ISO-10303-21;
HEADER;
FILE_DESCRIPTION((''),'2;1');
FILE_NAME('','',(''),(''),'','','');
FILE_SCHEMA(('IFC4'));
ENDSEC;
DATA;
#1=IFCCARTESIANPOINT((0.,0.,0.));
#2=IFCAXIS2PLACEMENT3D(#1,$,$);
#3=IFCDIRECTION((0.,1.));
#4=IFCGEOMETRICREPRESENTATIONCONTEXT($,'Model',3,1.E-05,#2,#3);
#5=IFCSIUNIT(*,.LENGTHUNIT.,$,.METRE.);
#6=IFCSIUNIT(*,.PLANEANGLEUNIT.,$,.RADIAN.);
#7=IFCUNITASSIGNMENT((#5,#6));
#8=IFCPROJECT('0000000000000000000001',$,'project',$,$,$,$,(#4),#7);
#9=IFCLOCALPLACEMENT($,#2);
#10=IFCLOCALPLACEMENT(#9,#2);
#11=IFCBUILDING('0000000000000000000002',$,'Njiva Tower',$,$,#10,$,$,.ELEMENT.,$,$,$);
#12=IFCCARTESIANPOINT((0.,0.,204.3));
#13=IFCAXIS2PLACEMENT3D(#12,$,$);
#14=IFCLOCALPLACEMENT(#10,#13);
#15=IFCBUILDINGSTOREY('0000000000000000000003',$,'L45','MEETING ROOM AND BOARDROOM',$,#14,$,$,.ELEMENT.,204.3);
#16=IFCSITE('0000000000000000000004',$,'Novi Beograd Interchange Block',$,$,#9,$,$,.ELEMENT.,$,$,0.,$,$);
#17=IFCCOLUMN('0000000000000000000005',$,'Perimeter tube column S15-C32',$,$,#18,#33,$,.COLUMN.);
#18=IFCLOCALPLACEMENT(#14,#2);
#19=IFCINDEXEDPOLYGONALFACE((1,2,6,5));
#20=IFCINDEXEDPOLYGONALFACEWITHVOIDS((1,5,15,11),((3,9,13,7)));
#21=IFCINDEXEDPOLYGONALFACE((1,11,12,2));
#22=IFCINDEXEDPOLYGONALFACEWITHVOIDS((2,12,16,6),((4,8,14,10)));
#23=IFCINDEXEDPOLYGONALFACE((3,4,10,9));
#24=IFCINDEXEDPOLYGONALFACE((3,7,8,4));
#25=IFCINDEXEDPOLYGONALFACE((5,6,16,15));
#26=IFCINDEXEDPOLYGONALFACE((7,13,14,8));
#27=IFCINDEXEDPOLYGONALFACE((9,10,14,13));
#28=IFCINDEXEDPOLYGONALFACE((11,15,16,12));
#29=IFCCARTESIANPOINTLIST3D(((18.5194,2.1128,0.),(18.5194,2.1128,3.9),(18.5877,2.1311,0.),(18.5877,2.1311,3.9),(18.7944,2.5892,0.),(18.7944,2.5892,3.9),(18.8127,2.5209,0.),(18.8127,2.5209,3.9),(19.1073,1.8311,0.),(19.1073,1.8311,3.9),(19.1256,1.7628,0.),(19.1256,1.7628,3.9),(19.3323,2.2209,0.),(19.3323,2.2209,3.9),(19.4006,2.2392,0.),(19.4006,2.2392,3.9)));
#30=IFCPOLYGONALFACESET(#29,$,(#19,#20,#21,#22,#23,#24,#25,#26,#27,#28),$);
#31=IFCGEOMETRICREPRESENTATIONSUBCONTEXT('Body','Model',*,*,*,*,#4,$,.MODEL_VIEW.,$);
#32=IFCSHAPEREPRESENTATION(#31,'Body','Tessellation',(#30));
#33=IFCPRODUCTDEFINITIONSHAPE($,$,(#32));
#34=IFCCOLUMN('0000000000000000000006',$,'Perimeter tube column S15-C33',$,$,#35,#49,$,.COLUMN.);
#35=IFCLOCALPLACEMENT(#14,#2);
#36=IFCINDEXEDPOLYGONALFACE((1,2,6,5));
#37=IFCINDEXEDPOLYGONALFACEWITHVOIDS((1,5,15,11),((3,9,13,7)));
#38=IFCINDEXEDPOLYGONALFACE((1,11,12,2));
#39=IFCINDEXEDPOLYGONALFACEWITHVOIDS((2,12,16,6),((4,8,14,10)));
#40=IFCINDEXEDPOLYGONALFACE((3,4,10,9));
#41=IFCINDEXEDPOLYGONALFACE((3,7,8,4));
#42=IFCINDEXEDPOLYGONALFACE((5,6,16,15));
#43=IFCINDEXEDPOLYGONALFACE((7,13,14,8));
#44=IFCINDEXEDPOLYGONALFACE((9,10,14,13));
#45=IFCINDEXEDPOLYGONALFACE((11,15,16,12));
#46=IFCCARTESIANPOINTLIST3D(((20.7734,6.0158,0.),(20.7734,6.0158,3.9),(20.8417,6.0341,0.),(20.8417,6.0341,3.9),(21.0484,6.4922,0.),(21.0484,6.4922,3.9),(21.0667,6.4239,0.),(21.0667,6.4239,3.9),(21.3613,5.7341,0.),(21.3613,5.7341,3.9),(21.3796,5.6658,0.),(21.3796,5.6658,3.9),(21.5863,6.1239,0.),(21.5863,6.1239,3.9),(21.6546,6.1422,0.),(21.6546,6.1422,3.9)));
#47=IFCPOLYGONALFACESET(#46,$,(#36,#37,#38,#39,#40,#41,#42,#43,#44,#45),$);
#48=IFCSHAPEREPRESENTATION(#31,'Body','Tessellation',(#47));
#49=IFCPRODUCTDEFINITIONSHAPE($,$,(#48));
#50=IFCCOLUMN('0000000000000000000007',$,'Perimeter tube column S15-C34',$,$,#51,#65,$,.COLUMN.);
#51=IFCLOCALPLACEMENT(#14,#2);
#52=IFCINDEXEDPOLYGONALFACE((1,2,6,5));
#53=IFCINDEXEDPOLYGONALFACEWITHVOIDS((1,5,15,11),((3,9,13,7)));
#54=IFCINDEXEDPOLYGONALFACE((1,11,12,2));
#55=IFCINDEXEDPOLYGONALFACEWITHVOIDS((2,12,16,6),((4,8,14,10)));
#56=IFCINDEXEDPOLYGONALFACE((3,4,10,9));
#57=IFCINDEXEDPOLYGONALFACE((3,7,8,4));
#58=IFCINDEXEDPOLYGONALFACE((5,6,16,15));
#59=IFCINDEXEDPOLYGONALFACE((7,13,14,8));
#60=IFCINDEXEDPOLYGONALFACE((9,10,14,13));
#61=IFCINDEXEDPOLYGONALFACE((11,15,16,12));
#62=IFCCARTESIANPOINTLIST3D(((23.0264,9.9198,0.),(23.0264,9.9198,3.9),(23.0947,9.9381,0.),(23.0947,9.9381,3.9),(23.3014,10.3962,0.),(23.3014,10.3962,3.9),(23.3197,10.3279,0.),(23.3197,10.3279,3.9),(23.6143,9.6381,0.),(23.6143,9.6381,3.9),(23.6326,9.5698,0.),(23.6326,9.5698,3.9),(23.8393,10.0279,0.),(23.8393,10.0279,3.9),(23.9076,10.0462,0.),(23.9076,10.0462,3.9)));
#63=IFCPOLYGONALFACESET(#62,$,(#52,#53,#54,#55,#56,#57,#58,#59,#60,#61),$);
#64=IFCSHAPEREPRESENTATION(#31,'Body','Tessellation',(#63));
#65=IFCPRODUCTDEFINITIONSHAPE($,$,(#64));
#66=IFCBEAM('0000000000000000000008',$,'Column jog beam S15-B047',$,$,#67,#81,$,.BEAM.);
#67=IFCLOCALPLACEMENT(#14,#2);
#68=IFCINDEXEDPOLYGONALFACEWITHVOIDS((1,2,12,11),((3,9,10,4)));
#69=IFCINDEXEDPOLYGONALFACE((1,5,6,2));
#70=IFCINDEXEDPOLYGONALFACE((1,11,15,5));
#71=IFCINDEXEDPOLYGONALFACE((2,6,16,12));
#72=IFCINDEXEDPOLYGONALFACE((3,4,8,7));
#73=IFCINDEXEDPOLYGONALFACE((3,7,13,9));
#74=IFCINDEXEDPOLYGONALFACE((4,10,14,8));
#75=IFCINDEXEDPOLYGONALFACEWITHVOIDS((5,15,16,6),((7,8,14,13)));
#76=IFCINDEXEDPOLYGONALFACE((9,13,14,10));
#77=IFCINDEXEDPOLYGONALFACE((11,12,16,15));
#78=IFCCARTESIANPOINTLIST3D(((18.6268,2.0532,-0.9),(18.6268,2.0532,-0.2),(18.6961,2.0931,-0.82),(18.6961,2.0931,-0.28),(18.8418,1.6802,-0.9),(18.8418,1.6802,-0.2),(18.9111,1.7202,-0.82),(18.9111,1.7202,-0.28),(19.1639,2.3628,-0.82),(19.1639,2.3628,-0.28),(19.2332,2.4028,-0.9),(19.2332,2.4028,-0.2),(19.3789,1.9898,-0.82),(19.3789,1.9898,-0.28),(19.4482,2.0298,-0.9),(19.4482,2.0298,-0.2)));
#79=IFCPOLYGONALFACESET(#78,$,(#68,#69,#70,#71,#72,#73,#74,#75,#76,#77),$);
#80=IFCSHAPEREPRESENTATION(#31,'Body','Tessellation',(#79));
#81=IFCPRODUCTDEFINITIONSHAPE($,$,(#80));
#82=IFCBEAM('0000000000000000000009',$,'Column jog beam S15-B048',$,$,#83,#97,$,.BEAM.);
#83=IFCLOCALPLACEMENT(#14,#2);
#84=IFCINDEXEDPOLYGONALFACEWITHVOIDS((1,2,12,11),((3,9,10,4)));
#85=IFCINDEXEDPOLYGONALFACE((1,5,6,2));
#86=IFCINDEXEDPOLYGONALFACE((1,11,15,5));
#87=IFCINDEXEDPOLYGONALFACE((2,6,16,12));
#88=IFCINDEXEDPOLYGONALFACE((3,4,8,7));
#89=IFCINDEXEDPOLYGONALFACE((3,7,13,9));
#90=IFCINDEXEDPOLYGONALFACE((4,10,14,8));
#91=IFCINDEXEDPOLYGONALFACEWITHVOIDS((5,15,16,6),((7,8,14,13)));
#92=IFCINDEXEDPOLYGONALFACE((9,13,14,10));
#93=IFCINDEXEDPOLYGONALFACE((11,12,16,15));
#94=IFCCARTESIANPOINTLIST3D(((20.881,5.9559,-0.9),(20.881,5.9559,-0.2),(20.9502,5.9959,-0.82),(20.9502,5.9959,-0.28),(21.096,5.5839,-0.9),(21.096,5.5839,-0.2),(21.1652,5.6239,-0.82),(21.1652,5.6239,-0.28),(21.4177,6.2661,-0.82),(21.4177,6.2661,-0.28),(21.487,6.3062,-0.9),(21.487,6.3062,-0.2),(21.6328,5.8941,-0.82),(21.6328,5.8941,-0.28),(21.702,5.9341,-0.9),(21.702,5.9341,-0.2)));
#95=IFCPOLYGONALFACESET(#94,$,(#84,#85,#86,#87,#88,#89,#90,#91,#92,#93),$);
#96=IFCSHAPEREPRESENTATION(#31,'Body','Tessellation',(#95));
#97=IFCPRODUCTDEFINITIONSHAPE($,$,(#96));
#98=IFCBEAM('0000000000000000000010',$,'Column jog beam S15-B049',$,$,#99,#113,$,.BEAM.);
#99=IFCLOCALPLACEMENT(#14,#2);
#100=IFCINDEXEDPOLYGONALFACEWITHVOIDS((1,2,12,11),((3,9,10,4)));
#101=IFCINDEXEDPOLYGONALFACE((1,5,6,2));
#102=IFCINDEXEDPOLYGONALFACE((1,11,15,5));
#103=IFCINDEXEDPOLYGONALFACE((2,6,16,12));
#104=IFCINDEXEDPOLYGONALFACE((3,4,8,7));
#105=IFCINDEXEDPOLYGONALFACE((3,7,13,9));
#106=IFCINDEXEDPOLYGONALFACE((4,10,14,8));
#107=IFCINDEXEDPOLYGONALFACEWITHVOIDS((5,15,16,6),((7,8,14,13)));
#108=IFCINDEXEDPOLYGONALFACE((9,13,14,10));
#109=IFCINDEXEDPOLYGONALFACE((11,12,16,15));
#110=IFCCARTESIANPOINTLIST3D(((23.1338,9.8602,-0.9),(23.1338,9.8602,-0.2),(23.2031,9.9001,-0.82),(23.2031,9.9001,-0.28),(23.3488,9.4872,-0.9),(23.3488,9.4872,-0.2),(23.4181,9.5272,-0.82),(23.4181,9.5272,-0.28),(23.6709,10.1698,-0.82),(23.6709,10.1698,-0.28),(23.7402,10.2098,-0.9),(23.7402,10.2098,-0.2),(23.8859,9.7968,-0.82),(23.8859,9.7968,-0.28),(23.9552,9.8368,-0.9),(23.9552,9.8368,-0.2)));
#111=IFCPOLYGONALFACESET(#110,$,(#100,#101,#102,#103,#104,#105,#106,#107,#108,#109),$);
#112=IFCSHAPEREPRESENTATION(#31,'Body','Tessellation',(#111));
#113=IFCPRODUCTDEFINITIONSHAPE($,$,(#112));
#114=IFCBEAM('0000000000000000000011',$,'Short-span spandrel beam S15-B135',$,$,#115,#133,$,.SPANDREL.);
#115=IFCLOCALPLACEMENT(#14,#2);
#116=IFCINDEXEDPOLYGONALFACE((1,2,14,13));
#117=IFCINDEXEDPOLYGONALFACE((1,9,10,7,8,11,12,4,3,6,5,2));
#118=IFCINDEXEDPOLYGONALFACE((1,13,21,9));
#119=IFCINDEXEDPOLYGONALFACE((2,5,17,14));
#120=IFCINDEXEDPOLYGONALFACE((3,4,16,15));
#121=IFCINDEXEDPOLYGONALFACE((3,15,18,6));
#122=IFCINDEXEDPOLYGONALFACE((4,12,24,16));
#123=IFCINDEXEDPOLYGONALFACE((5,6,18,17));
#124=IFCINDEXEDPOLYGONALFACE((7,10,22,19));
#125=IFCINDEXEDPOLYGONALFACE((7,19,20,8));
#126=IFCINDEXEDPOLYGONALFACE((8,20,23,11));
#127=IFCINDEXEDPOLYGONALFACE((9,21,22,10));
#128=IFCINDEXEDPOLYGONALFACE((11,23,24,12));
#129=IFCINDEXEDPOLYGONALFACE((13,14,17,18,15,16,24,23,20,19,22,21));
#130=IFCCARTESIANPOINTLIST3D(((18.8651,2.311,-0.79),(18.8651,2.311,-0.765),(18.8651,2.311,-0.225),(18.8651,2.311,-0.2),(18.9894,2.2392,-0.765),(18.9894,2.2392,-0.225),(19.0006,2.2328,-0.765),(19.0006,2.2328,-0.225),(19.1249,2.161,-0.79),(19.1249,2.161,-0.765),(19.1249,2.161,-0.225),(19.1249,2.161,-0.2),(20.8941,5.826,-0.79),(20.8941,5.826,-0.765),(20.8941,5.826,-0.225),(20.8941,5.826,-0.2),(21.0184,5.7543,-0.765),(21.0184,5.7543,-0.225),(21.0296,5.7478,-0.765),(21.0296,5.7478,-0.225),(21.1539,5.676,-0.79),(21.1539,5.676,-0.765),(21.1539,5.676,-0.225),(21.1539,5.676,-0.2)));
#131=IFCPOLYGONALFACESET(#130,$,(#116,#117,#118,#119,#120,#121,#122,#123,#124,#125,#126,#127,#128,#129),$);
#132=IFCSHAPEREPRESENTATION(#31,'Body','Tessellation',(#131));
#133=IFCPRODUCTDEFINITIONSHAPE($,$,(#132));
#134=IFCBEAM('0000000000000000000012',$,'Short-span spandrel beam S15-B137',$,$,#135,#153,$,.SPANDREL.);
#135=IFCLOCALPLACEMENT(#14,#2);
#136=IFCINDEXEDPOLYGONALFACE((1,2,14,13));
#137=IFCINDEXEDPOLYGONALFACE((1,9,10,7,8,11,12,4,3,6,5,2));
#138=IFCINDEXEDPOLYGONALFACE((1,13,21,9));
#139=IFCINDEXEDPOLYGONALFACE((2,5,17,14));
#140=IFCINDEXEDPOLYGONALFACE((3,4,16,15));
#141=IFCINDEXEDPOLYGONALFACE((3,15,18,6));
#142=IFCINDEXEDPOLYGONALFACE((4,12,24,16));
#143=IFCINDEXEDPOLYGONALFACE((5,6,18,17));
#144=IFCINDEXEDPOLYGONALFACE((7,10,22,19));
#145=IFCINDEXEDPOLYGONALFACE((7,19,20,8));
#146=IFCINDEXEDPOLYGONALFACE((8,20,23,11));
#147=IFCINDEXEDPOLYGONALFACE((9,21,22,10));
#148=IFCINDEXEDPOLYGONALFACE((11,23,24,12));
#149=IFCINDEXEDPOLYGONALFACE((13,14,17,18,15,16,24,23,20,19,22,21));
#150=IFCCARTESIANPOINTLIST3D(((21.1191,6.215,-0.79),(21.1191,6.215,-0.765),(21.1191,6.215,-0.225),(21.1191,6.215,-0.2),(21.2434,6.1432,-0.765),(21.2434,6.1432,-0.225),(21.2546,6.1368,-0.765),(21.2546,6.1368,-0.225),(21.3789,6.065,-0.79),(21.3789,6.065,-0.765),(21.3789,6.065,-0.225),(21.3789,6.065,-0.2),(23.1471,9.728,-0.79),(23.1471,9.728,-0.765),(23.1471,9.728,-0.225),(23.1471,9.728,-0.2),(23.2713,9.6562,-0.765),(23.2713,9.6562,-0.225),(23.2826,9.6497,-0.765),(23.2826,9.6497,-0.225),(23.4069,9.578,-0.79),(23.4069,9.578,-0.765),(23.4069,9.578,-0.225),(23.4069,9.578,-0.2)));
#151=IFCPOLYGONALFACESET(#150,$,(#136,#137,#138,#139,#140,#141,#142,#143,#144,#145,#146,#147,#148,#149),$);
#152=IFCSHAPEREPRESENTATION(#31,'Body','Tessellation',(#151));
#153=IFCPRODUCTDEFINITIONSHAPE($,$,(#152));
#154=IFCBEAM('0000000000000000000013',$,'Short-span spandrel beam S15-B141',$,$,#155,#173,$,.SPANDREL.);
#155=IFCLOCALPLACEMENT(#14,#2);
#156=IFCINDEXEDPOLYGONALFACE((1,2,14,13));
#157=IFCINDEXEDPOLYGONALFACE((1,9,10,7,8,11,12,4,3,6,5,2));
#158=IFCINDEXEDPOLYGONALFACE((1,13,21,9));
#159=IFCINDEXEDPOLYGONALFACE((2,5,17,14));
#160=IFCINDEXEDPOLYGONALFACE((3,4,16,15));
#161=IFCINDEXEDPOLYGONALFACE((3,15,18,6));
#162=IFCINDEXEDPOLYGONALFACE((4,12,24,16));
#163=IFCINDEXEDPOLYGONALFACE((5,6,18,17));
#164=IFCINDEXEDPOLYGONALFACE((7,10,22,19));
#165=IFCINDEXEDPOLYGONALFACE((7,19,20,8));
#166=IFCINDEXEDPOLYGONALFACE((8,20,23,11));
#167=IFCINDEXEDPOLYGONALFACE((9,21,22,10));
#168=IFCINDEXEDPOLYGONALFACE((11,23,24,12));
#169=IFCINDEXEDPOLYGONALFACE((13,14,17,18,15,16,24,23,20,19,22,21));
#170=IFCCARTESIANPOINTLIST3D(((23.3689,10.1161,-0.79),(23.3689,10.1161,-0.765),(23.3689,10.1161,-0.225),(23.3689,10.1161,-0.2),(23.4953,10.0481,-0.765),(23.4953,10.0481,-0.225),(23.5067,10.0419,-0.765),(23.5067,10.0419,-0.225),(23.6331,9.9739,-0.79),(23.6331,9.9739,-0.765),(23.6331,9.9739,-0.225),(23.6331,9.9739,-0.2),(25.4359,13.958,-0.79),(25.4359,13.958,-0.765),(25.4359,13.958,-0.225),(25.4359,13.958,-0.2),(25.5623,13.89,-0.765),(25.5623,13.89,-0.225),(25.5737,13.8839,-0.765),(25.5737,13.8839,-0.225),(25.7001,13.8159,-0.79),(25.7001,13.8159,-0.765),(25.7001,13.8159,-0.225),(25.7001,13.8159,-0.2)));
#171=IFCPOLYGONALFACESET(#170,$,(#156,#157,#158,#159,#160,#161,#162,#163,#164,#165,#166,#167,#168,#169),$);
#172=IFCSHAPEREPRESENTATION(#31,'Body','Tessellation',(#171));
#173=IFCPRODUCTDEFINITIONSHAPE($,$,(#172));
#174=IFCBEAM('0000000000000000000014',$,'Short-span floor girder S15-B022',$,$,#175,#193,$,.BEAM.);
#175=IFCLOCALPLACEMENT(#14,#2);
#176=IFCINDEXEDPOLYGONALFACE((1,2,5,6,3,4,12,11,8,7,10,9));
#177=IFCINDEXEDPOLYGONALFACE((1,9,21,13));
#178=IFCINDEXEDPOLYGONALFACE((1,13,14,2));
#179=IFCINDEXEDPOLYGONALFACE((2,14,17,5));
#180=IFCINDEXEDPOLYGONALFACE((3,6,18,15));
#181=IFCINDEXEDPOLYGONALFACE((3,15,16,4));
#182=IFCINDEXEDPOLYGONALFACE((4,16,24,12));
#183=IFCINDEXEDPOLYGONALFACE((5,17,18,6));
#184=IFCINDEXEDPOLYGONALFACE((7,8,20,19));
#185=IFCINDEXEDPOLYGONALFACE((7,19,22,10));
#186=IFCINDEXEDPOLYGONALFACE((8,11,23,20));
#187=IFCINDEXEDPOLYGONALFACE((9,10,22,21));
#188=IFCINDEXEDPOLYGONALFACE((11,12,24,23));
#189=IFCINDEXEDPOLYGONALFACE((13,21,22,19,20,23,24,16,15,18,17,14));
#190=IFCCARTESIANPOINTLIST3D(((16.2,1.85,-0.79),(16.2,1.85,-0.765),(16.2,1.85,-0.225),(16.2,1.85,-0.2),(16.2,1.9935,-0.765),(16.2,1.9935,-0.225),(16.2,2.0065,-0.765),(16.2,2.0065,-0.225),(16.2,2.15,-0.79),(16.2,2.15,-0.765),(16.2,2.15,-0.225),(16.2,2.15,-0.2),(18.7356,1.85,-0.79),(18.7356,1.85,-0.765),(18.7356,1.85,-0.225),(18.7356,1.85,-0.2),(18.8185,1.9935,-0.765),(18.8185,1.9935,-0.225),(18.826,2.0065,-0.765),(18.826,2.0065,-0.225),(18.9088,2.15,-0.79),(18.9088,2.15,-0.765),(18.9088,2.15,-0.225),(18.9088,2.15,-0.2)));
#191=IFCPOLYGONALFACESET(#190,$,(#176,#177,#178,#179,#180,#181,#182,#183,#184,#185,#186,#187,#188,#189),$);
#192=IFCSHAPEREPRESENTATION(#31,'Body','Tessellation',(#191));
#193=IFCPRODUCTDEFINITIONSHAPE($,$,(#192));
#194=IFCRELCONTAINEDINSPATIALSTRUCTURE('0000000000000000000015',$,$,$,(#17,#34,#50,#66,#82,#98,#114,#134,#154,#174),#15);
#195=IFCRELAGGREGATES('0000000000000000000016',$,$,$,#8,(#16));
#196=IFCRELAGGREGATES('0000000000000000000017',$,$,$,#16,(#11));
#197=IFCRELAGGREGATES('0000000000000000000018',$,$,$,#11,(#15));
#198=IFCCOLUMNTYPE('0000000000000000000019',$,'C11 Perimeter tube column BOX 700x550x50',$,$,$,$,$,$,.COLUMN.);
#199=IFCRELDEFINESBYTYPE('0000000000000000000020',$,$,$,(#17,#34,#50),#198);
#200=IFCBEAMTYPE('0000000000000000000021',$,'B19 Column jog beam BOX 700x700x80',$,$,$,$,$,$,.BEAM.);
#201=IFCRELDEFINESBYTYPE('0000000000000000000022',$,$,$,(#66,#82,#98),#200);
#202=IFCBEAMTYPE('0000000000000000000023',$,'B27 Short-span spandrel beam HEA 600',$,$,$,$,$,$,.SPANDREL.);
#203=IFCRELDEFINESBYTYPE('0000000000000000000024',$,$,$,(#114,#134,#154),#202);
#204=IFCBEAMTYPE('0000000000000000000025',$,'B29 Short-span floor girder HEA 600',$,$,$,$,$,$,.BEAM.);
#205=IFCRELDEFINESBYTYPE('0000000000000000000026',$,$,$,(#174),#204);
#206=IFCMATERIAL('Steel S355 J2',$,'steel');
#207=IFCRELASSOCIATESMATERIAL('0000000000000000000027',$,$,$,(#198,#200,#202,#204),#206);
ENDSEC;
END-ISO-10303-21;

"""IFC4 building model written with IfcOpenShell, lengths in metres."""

from ifc_helpers import new_model, si_unit, direction, frame, origin, origin_2d, place, context, subcontext, project, spatial, hollow_rectangle, i_section, extrude, clip, halfspace, material, material_profile, profile_set, type_object, element, save


model = new_model("IFC4")

# Units and contexts
model_context = context("Model", 3, precision=1e-05, world=origin(), true_north=direction((0.0, 1.0)))
body_context = subcontext(model_context, "Body", "Model", "MODEL_VIEW")
ifc_project = project(units=[si_unit("LENGTHUNIT", "METRE"), si_unit("PLANEANGLEUNIT", "RADIAN")], contexts=[model_context])

# Site, building, storey
site_placement = place(None, origin())
site = spatial("IfcSite", under=ifc_project, at=site_placement, Name="Novi Beograd Interchange Block", CompositionType="ELEMENT", RefElevation=0.0)
building_placement = place(site_placement, origin())
building = spatial("IfcBuilding", under=site, at=building_placement, Name="Njiva Tower", CompositionType="ELEMENT")
storey_placement = place(building_placement, frame((0.0, 0.0, 204.3)))
storey = spatial("IfcBuildingStorey", under=building, at=storey_placement, Name="L45", Description="MEETING ROOM AND BOARDROOM", CompositionType="ELEMENT", Elevation=204.3)

# Columns
ifc_material_1 = material(Name="Steel S355 J2", Category="steel")
ifc_material_profile_1 = material_profile(ifc_material_1, hollow_rectangle(XDim=0.55, YDim=0.7, WallThickness=0.05, at=origin_2d()), Name="BOX 700x550x50")
ifc_profile_set_1 = profile_set([ifc_material_profile_1], Name="Steel S355 J2")
column_type = type_object("IfcColumnType", Name="C11 Perimeter tube column BOX 700x550x50", PredefinedType="COLUMN", material=ifc_profile_set_1)
for number, where, z_axis, x_axis, name in (
    (1, (18.96, 2.176, 0.0), (0.0, 0.0, 1.0), (0.5, 0.866025, 0.0), "Perimeter tube column S15-C32"),
    (2, (21.214, 6.079, 0.0), (0.0, 0.0, 1.0), (0.5, 0.866025, 0.0), "Perimeter tube column S15-C33"),
    (3, (23.467, 9.983, 0.0), (0.0, 0.0, 1.0), (0.5, 0.866025, 0.0), "Perimeter tube column S15-C34"),
):
    element("IfcColumn", number, at=place(storey_placement, frame(where, z_axis=z_axis, x_axis=x_axis)), inside=storey, type_object=column_type, Name=name, PredefinedType="COLUMN", context=body_context, shape_type="SweptSolid", body=[
        extrude(hollow_rectangle(XDim=0.55, YDim=0.7, WallThickness=0.05, at=origin_2d()), origin(), (0.0, 0.0, 1.0), 3.9),
    ])

# Beams
ifc_material_profile_2 = material_profile(ifc_material_1, hollow_rectangle(XDim=0.7, YDim=0.7, WallThickness=0.08, at=origin_2d()), Name="BOX 700x700x80")
ifc_profile_set_2 = profile_set([ifc_material_profile_2], Name="Steel S355 J2")
beam_type_1 = type_object("IfcBeamType", Name="B19 Column jog beam BOX 700x700x80", PredefinedType="BEAM", material=ifc_profile_set_2)
beam_1_placement = place(storey_placement, frame((19.145, 1.855, -0.55), z_axis=(-0.499387, 0.866379, 0.0), x_axis=(-0.866379, -0.499387, 0.0)))
element("IfcBeam", 4, at=beam_1_placement, inside=storey, type_object=beam_type_1, Name="Column jog beam S15-B047", PredefinedType="BEAM", context=body_context, shape_type="SweptSolid", body=[
    extrude(hollow_rectangle(XDim=0.7, YDim=0.7, WallThickness=0.08, at=origin_2d()), origin(), (0.0, 0.0, 1.0), 0.4305),
])
beam_2_placement = place(storey_placement, frame((21.399, 5.759, -0.55), z_axis=(-0.500394, 0.865798, 0.0), x_axis=(-0.865798, -0.500394, 0.0)))
element("IfcBeam", 5, at=beam_2_placement, inside=storey, type_object=beam_type_1, Name="Column jog beam S15-B048", PredefinedType="BEAM", context=body_context, shape_type="SweptSolid", body=[
    extrude(hollow_rectangle(XDim=0.7, YDim=0.7, WallThickness=0.08, at=origin_2d()), origin(), (0.0, 0.0, 1.0), 0.4297),
])
beam_3_placement = place(storey_placement, frame((23.652, 9.662, -0.55), z_axis=(-0.499387, 0.866379, 0.0), x_axis=(-0.866379, -0.499387, 0.0)))
element("IfcBeam", 6, at=beam_3_placement, inside=storey, type_object=beam_type_1, Name="Column jog beam S15-B049", PredefinedType="BEAM", context=body_context, shape_type="SweptSolid", body=[
    extrude(hollow_rectangle(XDim=0.7, YDim=0.7, WallThickness=0.08, at=origin_2d()), origin(), (0.0, 0.0, 1.0), 0.4305),
])
ifc_material_profile_3 = material_profile(ifc_material_1, i_section(OverallWidth=0.3, OverallDepth=0.59, WebThickness=0.013, FlangeThickness=0.025, at=origin_2d()), Name="HEA 600")
ifc_profile_set_3 = profile_set([ifc_material_profile_3], Name="Steel S355 J2")
beam_type_2 = type_object("IfcBeamType", Name="B27 Short-span spandrel beam HEA 600", PredefinedType="SPANDREL", material=ifc_profile_set_3)
beam_4_placement = place(storey_placement, frame((18.995, 2.236, -0.495), z_axis=(0.499929, 0.866067, 0.0), x_axis=(-0.866067, 0.499929, 0.0)))
element("IfcBeam", 7, at=beam_4_placement, inside=storey, type_object=beam_type_2, Name="Short-span spandrel beam S15-B135", PredefinedType="SPANDREL", context=body_context, shape_type="SweptSolid", body=[
    extrude(i_section(OverallWidth=0.3, OverallDepth=0.59, WebThickness=0.013, FlangeThickness=0.025, at=origin_2d()), origin(), (0.0, 0.0, 1.0), 4.0586),
])
beam_5_placement = place(storey_placement, frame((21.249, 6.14, -0.495), z_axis=(0.499957, 0.86605, 0.0), x_axis=(-0.86605, 0.499957, 0.0)))
element("IfcBeam", 8, at=beam_5_placement, inside=storey, type_object=beam_type_2, Name="Short-span spandrel beam S15-B137", PredefinedType="SPANDREL", context=body_context, shape_type="SweptSolid", body=[
    extrude(i_section(OverallWidth=0.3, OverallDepth=0.59, WebThickness=0.013, FlangeThickness=0.025, at=origin_2d()), origin(), (0.0, 0.0, 1.0), 4.0563),
])
beam_6_placement = place(storey_placement, frame((23.501, 10.045, -0.495), z_axis=(0.473785, 0.88064, 0.0), x_axis=(-0.88064, 0.473785, 0.0)))
element("IfcBeam", 9, at=beam_6_placement, inside=storey, type_object=beam_type_2, Name="Short-span spandrel beam S15-B141", PredefinedType="SPANDREL", context=body_context, shape_type="SweptSolid", body=[
    extrude(i_section(OverallWidth=0.3, OverallDepth=0.59, WebThickness=0.013, FlangeThickness=0.025, at=origin_2d()), origin(), (0.0, 0.0, 1.0), 4.3627),
])
ifc_material_profile_4 = material_profile(ifc_material_1, i_section(OverallWidth=0.3, OverallDepth=0.59, WebThickness=0.013, FlangeThickness=0.025, at=origin_2d()), Name="HEA 600")
ifc_profile_set_4 = profile_set([ifc_material_profile_4], Name="Steel S355 J2")
beam_type_3 = type_object("IfcBeamType", Name="B29 Short-span floor girder HEA 600", PredefinedType="BEAM", material=ifc_profile_set_4)
beam_7_placement = place(storey_placement, frame((16.2, 2.0, -0.495), z_axis=(1.0, 0.0, 0.0), x_axis=(0.0, 1.0, 0.0)))
element("IfcBeam", 10, at=beam_7_placement, inside=storey, type_object=beam_type_3, Name="Short-span floor girder S15-B022", PredefinedType="BEAM", context=body_context, shape_type="Clipping", body=[
    clip(extrude(i_section(OverallWidth=0.3, OverallDepth=0.59, WebThickness=0.013, FlangeThickness=0.025, at=origin_2d()), origin(), (0.0, 0.0, 1.0), 2.729), halfspace(frame((-0.025, 0.0, 2.6078), z_axis=(-0.499998, 0.0, 0.866027), x_axis=(0.0, 1.0, 0.0)), False)),
])

save(model, "model.ifc")
